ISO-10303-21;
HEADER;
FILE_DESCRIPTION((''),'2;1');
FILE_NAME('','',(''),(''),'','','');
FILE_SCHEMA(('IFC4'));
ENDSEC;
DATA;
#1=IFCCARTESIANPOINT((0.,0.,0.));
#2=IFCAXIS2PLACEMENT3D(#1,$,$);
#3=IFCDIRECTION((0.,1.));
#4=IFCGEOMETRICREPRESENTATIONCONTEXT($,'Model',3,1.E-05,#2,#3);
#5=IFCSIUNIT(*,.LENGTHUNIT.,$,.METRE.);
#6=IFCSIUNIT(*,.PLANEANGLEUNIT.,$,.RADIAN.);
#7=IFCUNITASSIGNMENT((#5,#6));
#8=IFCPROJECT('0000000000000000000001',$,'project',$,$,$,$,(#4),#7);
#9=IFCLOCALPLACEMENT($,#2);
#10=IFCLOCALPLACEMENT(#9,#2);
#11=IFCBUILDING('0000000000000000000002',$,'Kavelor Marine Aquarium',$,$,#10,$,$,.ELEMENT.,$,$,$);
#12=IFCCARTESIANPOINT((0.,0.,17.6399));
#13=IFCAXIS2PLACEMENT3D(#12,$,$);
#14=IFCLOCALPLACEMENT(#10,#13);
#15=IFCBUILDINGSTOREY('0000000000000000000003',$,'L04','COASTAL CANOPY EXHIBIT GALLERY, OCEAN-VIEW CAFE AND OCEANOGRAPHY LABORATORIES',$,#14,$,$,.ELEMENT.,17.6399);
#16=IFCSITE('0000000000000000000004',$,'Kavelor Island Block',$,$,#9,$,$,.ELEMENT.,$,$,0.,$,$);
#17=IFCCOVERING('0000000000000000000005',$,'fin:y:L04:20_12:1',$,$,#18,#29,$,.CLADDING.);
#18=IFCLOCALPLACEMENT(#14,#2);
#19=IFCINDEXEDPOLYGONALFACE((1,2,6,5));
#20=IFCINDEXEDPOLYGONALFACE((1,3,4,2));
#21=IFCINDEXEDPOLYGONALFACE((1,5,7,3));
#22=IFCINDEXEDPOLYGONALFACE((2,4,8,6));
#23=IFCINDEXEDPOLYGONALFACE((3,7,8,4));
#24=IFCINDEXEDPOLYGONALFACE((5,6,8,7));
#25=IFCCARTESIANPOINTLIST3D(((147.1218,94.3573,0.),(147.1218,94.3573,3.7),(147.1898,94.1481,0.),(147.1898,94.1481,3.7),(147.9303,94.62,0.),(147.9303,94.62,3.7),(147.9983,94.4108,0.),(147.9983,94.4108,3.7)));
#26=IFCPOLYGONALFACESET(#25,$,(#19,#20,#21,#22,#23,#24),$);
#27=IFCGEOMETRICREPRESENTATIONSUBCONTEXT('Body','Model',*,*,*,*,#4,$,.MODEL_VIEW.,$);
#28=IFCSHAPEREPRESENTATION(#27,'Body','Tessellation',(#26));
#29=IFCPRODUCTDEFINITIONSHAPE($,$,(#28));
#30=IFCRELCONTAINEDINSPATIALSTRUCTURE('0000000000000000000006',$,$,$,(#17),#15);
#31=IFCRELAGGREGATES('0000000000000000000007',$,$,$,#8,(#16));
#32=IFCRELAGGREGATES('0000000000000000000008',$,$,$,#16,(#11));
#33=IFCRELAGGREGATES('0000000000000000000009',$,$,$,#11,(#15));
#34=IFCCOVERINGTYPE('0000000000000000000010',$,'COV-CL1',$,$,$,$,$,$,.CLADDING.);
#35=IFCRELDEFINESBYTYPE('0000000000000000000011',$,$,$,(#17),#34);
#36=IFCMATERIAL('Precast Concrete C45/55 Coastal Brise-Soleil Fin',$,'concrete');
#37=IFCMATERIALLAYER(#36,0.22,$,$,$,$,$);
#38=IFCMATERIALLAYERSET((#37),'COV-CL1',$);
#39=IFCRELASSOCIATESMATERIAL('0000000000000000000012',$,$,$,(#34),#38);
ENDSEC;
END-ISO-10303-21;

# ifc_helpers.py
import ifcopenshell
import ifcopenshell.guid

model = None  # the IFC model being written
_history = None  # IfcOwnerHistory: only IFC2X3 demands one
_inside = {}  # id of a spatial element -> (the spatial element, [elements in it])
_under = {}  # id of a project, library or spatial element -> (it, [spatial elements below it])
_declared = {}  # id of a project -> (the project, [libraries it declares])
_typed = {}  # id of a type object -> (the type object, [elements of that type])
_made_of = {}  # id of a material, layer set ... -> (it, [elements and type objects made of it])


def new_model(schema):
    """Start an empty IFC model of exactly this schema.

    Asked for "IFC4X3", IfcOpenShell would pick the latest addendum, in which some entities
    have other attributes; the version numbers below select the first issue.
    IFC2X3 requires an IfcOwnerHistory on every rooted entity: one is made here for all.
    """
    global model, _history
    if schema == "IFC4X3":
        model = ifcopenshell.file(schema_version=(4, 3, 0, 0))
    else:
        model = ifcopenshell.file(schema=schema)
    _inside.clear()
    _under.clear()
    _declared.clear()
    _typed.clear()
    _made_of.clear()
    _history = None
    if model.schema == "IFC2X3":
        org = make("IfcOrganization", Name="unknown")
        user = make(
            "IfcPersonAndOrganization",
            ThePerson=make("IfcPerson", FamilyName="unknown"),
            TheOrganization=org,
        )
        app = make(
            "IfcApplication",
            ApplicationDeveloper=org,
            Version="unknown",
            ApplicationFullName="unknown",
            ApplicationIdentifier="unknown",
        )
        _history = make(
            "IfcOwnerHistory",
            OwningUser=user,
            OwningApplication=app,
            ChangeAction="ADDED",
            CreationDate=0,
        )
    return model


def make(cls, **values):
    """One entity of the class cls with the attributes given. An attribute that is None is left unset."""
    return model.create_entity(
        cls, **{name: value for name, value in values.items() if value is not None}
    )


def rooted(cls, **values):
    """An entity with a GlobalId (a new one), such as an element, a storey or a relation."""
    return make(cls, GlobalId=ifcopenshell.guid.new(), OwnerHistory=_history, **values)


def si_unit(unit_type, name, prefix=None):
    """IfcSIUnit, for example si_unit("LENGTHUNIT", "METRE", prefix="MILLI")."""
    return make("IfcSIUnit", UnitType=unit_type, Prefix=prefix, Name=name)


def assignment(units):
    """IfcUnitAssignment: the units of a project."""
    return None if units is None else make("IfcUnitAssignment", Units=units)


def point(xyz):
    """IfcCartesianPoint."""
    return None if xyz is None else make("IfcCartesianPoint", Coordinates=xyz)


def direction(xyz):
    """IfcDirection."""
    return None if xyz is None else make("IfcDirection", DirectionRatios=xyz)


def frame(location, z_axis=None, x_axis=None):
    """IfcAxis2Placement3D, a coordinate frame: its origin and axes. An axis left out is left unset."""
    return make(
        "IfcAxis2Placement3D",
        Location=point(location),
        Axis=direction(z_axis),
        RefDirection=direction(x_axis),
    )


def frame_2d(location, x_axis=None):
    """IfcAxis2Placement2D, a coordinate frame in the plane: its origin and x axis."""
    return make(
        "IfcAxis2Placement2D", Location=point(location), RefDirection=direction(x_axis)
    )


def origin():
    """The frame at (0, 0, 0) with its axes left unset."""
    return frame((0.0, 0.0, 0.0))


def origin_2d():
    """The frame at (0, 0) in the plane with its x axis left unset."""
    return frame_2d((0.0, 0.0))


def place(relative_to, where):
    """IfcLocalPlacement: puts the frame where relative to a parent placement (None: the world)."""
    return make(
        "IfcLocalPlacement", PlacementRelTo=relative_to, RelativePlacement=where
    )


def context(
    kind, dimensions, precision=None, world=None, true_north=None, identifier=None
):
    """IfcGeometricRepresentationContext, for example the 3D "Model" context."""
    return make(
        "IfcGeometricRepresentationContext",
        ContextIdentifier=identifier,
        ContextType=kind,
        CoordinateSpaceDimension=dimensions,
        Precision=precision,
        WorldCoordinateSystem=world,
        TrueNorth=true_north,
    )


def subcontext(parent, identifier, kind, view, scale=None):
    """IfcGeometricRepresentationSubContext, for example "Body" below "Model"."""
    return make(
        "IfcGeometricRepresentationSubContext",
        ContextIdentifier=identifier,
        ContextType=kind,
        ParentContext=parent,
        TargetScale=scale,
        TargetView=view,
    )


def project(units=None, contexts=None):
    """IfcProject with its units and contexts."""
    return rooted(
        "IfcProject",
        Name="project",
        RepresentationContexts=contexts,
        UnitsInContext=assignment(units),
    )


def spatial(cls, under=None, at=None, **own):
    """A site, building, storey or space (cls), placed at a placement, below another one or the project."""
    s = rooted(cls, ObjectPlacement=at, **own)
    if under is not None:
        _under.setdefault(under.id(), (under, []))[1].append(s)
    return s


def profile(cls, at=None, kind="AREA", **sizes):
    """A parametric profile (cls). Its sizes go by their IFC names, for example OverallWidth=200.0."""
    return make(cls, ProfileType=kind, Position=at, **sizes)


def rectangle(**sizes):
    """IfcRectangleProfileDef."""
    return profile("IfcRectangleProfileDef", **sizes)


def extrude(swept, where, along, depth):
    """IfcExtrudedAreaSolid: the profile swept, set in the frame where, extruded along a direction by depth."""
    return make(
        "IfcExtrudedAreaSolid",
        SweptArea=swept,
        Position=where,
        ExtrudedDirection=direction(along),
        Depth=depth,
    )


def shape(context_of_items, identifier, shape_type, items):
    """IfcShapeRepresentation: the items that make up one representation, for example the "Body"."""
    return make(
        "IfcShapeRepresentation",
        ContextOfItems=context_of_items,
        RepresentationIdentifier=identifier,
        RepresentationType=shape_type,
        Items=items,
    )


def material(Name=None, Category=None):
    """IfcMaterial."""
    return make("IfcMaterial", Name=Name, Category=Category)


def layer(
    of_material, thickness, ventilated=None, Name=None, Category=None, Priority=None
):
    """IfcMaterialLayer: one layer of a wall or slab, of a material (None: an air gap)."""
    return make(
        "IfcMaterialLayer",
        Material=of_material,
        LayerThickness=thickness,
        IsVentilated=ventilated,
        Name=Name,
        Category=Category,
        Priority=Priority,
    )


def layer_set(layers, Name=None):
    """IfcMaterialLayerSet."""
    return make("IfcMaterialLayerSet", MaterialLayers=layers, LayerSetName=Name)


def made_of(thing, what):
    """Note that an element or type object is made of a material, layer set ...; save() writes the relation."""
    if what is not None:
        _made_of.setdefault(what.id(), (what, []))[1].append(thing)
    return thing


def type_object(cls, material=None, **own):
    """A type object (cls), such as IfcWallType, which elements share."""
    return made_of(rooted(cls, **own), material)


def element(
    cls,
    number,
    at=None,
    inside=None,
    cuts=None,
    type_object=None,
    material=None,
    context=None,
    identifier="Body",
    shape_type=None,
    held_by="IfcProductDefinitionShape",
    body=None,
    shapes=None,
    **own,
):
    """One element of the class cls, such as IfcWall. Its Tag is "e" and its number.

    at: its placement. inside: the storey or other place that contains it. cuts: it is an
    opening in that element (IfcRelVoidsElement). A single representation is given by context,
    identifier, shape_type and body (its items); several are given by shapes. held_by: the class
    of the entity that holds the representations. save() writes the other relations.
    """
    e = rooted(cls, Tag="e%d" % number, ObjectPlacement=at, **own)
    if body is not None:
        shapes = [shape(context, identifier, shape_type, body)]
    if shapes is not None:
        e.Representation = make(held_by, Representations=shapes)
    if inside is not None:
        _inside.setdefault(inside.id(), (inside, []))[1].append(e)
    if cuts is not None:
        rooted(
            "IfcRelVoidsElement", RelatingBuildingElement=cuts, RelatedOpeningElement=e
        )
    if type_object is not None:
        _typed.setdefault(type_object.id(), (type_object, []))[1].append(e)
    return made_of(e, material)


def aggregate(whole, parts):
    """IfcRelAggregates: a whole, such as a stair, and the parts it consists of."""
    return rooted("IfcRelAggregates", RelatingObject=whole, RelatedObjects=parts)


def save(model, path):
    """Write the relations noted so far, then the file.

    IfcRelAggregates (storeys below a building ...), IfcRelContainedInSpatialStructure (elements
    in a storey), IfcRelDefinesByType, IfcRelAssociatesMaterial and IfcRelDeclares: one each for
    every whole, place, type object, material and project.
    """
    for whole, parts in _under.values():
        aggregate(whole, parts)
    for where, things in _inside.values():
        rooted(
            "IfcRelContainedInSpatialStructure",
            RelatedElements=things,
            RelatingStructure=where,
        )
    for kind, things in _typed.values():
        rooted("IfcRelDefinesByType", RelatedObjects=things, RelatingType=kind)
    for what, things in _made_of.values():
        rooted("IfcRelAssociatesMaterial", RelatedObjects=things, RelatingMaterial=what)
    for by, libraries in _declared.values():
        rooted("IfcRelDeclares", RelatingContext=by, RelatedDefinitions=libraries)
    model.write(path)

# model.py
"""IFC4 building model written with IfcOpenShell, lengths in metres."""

from ifc_helpers import new_model, si_unit, direction, frame, origin, origin_2d, place, context, subcontext, project, spatial, rectangle, extrude, material, layer, layer_set, type_object, element, save


model = new_model("IFC4")

# Units and contexts
model_context = context("Model", 3, precision=1e-05, world=origin(), true_north=direction((0.0, 1.0)))
body_context = subcontext(model_context, "Body", "Model", "MODEL_VIEW")
ifc_project = project(units=[si_unit("LENGTHUNIT", "METRE"), si_unit("PLANEANGLEUNIT", "RADIAN")], contexts=[model_context])

# Site, building, storey
site_placement = place(None, origin())
site = spatial("IfcSite", under=ifc_project, at=site_placement, Name="Kavelor Island Block", CompositionType="ELEMENT", RefElevation=0.0)
building_placement = place(site_placement, origin())
building = spatial("IfcBuilding", under=site, at=building_placement, Name="Kavelor Marine Aquarium", CompositionType="ELEMENT")
storey_placement = place(building_placement, frame((0.0, 0.0, 17.6399)))
storey = spatial("IfcBuildingStorey", under=building, at=storey_placement, Name="L04", Description="COASTAL CANOPY EXHIBIT GALLERY, OCEAN-VIEW CAFE AND OCEANOGRAPHY LABORATORIES", CompositionType="ELEMENT", Elevation=17.6399)

# Covering
ifc_material_1 = material(Name="Precast Concrete C45/55 Coastal Brise-Soleil Fin", Category="concrete")
ifc_layer_1 = layer(ifc_material_1, 0.22)
ifc_layer_set_1 = layer_set([ifc_layer_1], Name="COV-CL1")
covering_type = type_object("IfcCoveringType", Name="COV-CL1", PredefinedType="CLADDING", material=ifc_layer_set_1)
covering_placement = place(storey_placement, frame((147.5601, 94.384, 0.0), z_axis=(0.0, 0.0, 1.0), x_axis=(0.951057, 0.309017, 0.0)))
element("IfcCovering", 1, at=covering_placement, inside=storey, type_object=covering_type, Name="fin:y:L04:20_12:1", PredefinedType="CLADDING", context=body_context, shape_type="SweptSolid", body=[
    extrude(rectangle(XDim=0.8501, YDim=0.22, at=origin_2d()), origin(), (0.0, 0.0, 1.0), 3.7),
])

save(model, "model.ifc")
